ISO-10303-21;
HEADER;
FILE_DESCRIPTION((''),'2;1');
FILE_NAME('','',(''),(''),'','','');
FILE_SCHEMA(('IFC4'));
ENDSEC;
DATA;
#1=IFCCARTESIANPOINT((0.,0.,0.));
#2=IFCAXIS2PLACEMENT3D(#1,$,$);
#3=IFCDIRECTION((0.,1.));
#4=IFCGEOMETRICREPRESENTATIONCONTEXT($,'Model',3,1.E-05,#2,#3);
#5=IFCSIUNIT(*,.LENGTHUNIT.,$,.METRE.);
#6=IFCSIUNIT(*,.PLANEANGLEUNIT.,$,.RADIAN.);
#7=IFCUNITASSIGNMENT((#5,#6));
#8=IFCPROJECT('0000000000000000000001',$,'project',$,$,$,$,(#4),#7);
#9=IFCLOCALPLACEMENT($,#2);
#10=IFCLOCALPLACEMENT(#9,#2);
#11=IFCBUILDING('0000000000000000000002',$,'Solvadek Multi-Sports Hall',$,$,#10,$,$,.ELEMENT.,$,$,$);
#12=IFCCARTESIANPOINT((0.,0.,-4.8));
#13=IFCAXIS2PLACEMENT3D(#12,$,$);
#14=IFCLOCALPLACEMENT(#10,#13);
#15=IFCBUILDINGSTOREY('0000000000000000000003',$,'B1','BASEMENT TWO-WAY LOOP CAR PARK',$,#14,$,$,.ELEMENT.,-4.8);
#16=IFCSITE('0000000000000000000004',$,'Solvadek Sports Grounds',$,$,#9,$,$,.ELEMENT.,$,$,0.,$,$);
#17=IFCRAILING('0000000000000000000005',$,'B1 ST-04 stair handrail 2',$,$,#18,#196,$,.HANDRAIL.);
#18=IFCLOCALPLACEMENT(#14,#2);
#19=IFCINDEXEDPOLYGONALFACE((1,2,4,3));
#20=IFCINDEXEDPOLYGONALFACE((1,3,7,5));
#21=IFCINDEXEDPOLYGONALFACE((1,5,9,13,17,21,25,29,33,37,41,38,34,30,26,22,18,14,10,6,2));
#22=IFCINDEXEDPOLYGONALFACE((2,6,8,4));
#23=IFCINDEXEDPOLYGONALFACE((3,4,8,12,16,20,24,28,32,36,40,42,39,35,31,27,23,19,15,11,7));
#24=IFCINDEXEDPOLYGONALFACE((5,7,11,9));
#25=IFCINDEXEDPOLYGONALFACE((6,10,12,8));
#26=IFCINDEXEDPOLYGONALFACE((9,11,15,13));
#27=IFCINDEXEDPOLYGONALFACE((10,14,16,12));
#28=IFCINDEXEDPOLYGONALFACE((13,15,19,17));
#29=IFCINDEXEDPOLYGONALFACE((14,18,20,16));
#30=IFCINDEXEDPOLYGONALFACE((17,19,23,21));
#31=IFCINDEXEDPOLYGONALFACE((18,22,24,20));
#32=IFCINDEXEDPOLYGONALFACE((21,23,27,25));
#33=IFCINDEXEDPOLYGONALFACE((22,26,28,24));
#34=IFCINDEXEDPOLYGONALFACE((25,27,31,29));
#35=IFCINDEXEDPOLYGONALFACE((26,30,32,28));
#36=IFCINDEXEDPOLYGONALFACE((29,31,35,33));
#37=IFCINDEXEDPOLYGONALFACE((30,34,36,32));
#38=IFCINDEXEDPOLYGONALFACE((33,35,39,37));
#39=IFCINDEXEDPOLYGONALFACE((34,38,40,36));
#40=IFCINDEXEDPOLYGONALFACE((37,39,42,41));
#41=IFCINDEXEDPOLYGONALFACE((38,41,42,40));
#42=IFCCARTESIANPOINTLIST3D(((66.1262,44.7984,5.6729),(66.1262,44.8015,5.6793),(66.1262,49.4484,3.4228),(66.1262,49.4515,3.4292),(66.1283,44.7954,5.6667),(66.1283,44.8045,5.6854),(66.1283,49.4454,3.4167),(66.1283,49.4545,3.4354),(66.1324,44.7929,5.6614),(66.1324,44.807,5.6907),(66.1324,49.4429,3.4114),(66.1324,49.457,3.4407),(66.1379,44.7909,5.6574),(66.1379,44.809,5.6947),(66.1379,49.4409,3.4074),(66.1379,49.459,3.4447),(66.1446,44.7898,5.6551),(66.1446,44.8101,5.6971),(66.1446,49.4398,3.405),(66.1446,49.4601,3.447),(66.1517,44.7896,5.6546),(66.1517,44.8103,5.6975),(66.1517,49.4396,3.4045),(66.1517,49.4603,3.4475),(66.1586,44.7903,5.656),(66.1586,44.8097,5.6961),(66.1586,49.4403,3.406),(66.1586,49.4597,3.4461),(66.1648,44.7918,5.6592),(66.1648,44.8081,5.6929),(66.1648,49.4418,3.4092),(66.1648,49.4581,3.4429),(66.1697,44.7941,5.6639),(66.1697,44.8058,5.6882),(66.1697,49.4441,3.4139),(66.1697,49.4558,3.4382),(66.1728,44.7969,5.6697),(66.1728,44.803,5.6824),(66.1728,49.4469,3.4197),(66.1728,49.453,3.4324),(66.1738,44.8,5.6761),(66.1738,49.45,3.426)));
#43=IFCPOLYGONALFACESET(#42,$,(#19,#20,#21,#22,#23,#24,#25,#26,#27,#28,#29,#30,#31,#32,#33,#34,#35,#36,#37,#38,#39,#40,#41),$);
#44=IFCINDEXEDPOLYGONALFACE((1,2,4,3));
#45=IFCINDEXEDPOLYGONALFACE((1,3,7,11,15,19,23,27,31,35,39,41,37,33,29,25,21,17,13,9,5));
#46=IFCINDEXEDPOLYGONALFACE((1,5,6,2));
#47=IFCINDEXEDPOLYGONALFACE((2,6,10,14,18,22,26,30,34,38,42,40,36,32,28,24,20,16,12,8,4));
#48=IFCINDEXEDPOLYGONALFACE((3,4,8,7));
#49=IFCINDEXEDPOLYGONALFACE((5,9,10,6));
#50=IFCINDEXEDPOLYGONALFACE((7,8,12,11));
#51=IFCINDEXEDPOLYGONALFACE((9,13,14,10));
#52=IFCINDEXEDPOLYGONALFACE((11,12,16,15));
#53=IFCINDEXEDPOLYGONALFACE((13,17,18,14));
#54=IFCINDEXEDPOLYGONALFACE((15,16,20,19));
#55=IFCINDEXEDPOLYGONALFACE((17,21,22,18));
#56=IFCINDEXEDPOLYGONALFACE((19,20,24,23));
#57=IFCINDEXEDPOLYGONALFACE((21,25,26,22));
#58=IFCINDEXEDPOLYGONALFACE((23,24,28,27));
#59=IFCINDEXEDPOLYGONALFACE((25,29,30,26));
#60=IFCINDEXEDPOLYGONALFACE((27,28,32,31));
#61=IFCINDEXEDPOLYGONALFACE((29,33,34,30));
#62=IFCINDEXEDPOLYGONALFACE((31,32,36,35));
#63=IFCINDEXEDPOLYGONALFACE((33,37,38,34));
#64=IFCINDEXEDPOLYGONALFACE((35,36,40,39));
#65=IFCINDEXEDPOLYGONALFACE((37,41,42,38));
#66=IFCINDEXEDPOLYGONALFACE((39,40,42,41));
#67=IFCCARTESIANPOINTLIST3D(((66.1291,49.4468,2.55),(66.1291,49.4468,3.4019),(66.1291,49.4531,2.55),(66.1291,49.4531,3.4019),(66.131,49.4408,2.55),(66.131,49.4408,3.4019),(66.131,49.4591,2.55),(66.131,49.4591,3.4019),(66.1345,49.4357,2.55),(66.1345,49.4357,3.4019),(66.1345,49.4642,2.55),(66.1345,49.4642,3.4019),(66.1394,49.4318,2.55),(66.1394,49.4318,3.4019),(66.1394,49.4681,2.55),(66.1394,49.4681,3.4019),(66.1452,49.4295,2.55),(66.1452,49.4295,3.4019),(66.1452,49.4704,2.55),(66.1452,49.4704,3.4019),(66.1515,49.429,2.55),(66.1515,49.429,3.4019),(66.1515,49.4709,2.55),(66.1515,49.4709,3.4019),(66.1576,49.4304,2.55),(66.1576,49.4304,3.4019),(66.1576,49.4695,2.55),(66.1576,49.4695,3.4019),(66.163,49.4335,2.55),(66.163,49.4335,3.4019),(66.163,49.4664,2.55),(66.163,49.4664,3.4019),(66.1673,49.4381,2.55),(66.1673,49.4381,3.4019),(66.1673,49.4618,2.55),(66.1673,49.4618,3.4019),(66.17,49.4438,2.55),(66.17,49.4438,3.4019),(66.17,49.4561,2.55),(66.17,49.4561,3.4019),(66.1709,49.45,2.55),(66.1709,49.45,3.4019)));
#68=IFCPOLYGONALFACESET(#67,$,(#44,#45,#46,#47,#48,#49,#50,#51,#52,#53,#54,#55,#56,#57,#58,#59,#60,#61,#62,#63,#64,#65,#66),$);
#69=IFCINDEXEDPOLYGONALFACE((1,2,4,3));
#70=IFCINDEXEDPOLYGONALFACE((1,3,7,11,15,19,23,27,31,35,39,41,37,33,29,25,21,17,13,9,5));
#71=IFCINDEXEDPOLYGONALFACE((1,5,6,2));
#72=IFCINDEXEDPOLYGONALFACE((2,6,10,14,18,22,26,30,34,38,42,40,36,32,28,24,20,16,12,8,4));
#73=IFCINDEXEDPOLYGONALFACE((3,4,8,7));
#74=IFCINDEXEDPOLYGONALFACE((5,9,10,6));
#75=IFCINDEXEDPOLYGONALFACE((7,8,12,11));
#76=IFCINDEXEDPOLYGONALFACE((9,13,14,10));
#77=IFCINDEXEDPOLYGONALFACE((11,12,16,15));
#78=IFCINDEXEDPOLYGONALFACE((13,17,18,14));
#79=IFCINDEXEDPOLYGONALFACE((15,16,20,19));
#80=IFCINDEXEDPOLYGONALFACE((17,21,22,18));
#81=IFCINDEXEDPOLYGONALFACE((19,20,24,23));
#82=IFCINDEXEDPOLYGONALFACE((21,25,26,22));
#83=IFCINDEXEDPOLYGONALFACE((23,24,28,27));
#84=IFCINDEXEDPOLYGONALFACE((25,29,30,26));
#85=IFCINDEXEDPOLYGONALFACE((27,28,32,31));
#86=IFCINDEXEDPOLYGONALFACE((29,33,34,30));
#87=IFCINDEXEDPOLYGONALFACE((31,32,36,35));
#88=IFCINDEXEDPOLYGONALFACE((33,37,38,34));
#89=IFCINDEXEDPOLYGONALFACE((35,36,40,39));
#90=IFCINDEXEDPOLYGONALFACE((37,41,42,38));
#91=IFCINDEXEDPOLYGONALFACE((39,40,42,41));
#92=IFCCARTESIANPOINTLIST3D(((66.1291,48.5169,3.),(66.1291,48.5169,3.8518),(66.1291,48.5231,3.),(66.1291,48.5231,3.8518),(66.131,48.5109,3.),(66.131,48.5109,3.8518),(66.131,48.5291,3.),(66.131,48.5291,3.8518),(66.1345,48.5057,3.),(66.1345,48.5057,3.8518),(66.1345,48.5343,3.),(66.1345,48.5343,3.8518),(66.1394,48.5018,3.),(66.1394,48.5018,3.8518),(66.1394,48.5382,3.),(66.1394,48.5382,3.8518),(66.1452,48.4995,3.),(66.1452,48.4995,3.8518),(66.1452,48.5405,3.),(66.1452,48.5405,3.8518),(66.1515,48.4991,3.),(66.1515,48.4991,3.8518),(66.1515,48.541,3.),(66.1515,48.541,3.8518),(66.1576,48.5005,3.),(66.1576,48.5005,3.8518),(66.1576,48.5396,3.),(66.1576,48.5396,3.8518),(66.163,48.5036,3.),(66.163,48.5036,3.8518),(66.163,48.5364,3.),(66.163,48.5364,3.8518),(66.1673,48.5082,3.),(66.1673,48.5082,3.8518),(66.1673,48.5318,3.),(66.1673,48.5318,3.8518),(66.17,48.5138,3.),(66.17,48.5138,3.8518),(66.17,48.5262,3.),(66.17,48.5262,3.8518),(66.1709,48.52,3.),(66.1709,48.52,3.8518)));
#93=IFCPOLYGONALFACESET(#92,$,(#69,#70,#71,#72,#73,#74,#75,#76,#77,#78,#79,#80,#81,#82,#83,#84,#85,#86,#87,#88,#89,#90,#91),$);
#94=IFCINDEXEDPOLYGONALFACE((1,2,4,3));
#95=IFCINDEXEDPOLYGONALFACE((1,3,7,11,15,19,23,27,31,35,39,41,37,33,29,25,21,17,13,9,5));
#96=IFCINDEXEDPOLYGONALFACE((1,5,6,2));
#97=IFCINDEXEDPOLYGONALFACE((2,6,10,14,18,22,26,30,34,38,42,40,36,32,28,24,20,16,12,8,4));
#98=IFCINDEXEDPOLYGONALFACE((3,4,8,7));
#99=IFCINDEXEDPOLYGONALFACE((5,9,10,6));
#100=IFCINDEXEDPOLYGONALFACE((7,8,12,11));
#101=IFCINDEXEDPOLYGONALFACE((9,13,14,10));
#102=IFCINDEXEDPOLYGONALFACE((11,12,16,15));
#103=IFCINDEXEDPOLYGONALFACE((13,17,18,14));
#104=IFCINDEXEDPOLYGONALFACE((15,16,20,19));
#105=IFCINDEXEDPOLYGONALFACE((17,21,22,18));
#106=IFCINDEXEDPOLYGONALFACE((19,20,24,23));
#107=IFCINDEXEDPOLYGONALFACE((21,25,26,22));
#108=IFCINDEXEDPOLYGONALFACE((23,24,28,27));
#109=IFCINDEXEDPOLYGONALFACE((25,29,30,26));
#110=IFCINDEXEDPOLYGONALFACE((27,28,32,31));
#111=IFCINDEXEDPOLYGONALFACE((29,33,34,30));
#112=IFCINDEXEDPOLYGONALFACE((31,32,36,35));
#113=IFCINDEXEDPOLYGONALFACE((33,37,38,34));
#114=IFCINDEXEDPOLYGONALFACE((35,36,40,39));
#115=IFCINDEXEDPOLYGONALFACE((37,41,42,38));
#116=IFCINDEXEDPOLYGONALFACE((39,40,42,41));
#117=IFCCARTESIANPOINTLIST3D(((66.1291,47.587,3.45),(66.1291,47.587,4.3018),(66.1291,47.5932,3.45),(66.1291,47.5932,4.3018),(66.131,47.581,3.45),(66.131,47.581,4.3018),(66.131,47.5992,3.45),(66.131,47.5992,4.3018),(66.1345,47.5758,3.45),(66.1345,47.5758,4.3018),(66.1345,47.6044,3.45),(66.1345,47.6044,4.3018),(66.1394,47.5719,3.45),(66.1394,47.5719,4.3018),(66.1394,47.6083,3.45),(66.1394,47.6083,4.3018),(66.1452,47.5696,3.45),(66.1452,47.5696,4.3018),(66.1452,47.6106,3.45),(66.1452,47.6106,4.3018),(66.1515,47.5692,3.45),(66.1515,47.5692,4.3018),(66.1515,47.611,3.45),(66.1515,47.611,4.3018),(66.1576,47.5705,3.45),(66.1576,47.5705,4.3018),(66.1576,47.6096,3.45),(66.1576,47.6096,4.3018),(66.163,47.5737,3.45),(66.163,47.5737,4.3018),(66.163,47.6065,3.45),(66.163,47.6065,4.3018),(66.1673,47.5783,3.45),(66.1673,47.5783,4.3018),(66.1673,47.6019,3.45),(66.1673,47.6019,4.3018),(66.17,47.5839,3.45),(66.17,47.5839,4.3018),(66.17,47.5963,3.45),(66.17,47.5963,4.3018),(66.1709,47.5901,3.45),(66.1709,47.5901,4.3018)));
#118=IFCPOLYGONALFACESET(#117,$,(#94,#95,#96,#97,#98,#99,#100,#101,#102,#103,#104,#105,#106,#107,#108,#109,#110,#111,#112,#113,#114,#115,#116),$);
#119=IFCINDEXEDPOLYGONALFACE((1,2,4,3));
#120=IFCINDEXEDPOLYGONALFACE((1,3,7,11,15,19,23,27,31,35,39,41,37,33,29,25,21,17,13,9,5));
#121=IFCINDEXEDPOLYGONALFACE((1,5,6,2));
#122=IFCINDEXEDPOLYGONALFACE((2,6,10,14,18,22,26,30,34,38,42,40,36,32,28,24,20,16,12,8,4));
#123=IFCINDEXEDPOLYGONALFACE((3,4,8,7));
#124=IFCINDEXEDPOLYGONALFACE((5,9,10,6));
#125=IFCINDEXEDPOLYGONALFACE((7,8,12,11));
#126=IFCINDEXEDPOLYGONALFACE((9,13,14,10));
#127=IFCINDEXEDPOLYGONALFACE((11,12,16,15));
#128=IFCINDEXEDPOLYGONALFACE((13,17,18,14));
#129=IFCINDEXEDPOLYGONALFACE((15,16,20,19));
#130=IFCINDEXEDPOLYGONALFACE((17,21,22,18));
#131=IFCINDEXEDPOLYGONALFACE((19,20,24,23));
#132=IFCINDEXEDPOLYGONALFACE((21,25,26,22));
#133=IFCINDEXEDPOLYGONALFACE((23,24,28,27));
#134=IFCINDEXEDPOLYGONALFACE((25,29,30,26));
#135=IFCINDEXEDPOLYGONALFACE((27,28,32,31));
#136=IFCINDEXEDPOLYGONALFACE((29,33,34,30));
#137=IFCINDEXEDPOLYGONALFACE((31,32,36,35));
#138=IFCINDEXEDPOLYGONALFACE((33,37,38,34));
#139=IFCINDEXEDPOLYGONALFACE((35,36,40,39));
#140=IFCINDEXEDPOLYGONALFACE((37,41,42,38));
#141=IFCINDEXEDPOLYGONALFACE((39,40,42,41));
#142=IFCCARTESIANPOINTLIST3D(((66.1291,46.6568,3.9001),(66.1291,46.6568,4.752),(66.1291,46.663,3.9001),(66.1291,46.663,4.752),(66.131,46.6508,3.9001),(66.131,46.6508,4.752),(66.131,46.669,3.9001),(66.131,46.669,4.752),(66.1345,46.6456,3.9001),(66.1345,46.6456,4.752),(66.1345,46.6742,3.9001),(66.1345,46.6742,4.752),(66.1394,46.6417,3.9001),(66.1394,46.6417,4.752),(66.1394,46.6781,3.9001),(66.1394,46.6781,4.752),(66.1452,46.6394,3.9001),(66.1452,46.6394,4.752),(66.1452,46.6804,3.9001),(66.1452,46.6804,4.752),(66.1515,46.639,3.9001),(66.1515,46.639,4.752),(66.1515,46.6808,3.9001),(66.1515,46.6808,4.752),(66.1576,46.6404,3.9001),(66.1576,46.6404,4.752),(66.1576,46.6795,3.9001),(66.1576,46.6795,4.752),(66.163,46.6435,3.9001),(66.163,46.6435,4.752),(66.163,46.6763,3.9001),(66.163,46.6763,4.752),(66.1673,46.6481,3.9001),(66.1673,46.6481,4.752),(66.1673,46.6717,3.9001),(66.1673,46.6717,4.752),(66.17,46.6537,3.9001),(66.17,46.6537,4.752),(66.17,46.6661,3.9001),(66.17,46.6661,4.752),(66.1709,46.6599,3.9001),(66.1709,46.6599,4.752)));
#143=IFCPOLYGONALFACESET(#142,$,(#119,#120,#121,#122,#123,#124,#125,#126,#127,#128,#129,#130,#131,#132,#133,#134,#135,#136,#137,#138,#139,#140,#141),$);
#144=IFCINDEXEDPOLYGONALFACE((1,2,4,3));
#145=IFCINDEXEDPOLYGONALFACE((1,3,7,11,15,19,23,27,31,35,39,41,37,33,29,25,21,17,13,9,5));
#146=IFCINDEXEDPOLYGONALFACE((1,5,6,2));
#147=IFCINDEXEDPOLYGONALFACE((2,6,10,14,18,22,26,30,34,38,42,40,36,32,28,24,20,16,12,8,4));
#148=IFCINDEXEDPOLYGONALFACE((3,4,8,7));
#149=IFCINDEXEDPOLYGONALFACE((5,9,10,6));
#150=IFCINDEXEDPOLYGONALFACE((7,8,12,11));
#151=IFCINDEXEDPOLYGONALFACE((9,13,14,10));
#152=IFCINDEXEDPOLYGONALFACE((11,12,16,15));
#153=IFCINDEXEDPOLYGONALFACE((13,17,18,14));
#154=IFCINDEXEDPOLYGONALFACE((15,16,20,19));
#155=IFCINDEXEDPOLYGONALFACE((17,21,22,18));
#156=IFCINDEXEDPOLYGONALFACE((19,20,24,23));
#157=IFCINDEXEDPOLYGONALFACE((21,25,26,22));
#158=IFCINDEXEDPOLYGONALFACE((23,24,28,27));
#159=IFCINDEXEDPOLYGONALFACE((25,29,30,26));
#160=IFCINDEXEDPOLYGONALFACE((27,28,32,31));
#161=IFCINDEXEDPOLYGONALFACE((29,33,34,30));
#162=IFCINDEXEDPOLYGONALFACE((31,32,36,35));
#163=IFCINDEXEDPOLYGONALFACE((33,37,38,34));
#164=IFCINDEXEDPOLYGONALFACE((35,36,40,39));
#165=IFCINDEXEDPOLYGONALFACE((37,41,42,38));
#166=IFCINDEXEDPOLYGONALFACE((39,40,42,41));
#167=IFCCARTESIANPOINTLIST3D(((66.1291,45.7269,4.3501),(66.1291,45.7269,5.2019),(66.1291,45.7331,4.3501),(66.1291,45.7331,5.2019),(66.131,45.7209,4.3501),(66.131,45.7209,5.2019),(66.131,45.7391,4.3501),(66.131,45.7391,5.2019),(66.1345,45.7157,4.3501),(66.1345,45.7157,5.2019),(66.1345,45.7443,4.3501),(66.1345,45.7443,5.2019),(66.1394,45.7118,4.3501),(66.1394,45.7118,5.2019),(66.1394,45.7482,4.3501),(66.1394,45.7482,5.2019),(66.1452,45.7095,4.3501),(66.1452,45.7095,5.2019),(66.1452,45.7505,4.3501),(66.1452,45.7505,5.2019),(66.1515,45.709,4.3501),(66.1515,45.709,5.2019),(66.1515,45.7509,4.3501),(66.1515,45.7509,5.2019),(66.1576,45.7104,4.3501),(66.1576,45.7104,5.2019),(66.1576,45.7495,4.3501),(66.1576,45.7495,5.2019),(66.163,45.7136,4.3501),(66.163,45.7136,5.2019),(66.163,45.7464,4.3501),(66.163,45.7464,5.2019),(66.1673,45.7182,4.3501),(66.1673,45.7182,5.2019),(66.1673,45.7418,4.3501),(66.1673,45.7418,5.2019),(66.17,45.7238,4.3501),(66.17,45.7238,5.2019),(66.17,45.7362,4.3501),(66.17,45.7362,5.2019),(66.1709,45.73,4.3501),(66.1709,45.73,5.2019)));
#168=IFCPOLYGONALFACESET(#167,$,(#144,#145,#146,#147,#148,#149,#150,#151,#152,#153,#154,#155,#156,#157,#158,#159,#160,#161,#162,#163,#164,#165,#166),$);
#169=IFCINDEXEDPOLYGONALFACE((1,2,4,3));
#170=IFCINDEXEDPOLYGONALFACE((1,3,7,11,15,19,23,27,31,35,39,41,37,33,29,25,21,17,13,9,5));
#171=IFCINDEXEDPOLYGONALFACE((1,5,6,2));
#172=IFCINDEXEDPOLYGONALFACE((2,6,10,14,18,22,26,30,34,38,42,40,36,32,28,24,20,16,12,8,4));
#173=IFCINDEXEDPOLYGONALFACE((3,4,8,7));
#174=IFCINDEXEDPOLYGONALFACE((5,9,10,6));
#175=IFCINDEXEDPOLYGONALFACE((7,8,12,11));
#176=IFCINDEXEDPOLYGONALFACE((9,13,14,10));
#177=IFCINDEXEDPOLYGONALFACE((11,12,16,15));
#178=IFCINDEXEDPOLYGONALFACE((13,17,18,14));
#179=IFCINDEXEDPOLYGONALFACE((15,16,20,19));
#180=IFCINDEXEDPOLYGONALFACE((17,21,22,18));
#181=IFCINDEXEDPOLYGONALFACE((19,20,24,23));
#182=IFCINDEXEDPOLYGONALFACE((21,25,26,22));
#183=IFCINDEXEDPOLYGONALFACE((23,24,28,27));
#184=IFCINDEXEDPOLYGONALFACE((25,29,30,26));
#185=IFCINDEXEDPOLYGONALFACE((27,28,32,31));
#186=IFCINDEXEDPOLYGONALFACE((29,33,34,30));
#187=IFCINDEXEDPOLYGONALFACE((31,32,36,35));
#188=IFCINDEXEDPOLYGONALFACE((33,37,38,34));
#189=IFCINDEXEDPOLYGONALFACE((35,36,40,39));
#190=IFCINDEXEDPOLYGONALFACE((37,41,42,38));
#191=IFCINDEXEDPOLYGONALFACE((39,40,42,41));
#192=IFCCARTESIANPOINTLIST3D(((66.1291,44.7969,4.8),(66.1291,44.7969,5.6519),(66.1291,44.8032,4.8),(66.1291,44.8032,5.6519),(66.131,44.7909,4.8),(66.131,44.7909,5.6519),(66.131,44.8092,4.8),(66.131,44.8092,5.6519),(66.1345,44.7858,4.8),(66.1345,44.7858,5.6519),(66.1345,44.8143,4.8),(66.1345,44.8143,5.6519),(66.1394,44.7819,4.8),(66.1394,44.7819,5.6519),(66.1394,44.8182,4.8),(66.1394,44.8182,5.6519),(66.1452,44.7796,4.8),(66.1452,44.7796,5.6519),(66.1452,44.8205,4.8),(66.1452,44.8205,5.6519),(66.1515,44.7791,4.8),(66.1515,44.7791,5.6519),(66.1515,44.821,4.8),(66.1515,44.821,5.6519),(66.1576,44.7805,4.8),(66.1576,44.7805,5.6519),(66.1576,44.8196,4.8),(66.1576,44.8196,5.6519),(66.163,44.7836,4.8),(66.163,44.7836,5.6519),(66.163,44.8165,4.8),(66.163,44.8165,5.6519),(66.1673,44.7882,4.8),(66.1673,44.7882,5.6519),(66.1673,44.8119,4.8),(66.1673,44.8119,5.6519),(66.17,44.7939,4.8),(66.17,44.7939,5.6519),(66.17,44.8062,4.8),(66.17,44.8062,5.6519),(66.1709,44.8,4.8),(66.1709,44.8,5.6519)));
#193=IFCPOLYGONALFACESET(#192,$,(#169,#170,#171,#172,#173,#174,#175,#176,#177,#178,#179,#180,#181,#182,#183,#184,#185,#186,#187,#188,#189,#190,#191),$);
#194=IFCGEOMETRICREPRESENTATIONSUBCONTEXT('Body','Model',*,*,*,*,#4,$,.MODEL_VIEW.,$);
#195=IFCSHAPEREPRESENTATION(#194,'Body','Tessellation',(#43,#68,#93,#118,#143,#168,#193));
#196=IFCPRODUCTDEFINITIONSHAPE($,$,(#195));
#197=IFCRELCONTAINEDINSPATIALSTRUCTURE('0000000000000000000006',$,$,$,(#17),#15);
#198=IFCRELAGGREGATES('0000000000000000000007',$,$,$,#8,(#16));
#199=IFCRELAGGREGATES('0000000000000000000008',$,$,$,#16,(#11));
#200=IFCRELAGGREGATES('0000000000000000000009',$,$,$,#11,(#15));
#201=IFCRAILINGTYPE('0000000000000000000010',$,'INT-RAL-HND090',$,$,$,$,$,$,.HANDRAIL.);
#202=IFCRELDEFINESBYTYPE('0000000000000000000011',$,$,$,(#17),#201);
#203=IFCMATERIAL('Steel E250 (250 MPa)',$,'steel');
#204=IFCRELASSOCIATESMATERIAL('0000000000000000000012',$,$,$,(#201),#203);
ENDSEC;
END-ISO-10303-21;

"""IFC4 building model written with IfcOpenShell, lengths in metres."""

from ifc_helpers import new_model, si_unit, direction, frame, origin, origin_2d, place, context, subcontext, project, spatial, circle, extrude, material, type_object, element, save


model = new_model("IFC4")

# Units and contexts
model_context = context("Model", 3, precision=1e-05, world=origin(), true_north=direction((0.0, 1.0)))
body_context = subcontext(model_context, "Body", "Model", "MODEL_VIEW")
ifc_project = project(units=[si_unit("LENGTHUNIT", "METRE"), si_unit("PLANEANGLEUNIT", "RADIAN")], contexts=[model_context])

# Site, building, storey
site_placement = place(None, origin())
site = spatial("IfcSite", under=ifc_project, at=site_placement, Name="Solvadek Sports Grounds", CompositionType="ELEMENT", RefElevation=0.0)
building_placement = place(site_placement, origin())
building = spatial("IfcBuilding", under=site, at=building_placement, Name="Solvadek Multi-Sports Hall", CompositionType="ELEMENT")
storey_placement = place(building_placement, frame((0.0, 0.0, -4.8)))
storey = spatial("IfcBuildingStorey", under=building, at=storey_placement, Name="B1", Description="BASEMENT TWO-WAY LOOP CAR PARK", CompositionType="ELEMENT", Elevation=-4.8)

# Shared definitions
ifc_material_1 = material(Name="Steel E250 (250 MPa)", Category="steel")

# Railing
railing_type_1 = type_object("IfcRailingType", Name="INT-RAL-HND090", PredefinedType="HANDRAIL", material=ifc_material_1)
railing_1_placement = place(storey_placement, frame((66.1499, 49.45, 2.55)))
element("IfcRailing", 1, at=railing_1_placement, inside=storey, type_object=railing_type_1, Name="B1 ST-04 stair handrail 2", PredefinedType="HANDRAIL", context=body_context, shape_type="SweptSolid", body=[
    extrude(circle(Radius=0.0239, at=origin_2d()), frame((0.0, 0.0, 0.876), z_axis=(0.0, -0.900156, 0.435568), x_axis=(1.0, 0.0, 0.0)), (0.0, 0.0, 1.0), 5.1658),
    extrude(circle(Radius=0.021, at=origin_2d()), origin(), (0.0, 0.0, 1.0), 0.8518),
    extrude(circle(Radius=0.021, at=origin_2d()), frame((0.0, -0.9299, 0.45)), (0.0, 0.0, 1.0), 0.8518),
    extrude(circle(Radius=0.021, at=origin_2d()), frame((0.0, -1.8599, 0.8999)), (0.0, 0.0, 1.0), 0.8518),
    extrude(circle(Radius=0.021, at=origin_2d()), frame((0.0, -2.79, 1.3501)), (0.0, 0.0, 1.0), 0.8518),
    extrude(circle(Radius=0.021, at=origin_2d()), frame((0.0, -3.72, 1.8)), (0.0, 0.0, 1.0), 0.8518),
    extrude(circle(Radius=0.021, at=origin_2d()), frame((0.0, -4.6499, 2.25)), (0.0, 0.0, 1.0), 0.8518),
])

save(model, "model.ifc")
